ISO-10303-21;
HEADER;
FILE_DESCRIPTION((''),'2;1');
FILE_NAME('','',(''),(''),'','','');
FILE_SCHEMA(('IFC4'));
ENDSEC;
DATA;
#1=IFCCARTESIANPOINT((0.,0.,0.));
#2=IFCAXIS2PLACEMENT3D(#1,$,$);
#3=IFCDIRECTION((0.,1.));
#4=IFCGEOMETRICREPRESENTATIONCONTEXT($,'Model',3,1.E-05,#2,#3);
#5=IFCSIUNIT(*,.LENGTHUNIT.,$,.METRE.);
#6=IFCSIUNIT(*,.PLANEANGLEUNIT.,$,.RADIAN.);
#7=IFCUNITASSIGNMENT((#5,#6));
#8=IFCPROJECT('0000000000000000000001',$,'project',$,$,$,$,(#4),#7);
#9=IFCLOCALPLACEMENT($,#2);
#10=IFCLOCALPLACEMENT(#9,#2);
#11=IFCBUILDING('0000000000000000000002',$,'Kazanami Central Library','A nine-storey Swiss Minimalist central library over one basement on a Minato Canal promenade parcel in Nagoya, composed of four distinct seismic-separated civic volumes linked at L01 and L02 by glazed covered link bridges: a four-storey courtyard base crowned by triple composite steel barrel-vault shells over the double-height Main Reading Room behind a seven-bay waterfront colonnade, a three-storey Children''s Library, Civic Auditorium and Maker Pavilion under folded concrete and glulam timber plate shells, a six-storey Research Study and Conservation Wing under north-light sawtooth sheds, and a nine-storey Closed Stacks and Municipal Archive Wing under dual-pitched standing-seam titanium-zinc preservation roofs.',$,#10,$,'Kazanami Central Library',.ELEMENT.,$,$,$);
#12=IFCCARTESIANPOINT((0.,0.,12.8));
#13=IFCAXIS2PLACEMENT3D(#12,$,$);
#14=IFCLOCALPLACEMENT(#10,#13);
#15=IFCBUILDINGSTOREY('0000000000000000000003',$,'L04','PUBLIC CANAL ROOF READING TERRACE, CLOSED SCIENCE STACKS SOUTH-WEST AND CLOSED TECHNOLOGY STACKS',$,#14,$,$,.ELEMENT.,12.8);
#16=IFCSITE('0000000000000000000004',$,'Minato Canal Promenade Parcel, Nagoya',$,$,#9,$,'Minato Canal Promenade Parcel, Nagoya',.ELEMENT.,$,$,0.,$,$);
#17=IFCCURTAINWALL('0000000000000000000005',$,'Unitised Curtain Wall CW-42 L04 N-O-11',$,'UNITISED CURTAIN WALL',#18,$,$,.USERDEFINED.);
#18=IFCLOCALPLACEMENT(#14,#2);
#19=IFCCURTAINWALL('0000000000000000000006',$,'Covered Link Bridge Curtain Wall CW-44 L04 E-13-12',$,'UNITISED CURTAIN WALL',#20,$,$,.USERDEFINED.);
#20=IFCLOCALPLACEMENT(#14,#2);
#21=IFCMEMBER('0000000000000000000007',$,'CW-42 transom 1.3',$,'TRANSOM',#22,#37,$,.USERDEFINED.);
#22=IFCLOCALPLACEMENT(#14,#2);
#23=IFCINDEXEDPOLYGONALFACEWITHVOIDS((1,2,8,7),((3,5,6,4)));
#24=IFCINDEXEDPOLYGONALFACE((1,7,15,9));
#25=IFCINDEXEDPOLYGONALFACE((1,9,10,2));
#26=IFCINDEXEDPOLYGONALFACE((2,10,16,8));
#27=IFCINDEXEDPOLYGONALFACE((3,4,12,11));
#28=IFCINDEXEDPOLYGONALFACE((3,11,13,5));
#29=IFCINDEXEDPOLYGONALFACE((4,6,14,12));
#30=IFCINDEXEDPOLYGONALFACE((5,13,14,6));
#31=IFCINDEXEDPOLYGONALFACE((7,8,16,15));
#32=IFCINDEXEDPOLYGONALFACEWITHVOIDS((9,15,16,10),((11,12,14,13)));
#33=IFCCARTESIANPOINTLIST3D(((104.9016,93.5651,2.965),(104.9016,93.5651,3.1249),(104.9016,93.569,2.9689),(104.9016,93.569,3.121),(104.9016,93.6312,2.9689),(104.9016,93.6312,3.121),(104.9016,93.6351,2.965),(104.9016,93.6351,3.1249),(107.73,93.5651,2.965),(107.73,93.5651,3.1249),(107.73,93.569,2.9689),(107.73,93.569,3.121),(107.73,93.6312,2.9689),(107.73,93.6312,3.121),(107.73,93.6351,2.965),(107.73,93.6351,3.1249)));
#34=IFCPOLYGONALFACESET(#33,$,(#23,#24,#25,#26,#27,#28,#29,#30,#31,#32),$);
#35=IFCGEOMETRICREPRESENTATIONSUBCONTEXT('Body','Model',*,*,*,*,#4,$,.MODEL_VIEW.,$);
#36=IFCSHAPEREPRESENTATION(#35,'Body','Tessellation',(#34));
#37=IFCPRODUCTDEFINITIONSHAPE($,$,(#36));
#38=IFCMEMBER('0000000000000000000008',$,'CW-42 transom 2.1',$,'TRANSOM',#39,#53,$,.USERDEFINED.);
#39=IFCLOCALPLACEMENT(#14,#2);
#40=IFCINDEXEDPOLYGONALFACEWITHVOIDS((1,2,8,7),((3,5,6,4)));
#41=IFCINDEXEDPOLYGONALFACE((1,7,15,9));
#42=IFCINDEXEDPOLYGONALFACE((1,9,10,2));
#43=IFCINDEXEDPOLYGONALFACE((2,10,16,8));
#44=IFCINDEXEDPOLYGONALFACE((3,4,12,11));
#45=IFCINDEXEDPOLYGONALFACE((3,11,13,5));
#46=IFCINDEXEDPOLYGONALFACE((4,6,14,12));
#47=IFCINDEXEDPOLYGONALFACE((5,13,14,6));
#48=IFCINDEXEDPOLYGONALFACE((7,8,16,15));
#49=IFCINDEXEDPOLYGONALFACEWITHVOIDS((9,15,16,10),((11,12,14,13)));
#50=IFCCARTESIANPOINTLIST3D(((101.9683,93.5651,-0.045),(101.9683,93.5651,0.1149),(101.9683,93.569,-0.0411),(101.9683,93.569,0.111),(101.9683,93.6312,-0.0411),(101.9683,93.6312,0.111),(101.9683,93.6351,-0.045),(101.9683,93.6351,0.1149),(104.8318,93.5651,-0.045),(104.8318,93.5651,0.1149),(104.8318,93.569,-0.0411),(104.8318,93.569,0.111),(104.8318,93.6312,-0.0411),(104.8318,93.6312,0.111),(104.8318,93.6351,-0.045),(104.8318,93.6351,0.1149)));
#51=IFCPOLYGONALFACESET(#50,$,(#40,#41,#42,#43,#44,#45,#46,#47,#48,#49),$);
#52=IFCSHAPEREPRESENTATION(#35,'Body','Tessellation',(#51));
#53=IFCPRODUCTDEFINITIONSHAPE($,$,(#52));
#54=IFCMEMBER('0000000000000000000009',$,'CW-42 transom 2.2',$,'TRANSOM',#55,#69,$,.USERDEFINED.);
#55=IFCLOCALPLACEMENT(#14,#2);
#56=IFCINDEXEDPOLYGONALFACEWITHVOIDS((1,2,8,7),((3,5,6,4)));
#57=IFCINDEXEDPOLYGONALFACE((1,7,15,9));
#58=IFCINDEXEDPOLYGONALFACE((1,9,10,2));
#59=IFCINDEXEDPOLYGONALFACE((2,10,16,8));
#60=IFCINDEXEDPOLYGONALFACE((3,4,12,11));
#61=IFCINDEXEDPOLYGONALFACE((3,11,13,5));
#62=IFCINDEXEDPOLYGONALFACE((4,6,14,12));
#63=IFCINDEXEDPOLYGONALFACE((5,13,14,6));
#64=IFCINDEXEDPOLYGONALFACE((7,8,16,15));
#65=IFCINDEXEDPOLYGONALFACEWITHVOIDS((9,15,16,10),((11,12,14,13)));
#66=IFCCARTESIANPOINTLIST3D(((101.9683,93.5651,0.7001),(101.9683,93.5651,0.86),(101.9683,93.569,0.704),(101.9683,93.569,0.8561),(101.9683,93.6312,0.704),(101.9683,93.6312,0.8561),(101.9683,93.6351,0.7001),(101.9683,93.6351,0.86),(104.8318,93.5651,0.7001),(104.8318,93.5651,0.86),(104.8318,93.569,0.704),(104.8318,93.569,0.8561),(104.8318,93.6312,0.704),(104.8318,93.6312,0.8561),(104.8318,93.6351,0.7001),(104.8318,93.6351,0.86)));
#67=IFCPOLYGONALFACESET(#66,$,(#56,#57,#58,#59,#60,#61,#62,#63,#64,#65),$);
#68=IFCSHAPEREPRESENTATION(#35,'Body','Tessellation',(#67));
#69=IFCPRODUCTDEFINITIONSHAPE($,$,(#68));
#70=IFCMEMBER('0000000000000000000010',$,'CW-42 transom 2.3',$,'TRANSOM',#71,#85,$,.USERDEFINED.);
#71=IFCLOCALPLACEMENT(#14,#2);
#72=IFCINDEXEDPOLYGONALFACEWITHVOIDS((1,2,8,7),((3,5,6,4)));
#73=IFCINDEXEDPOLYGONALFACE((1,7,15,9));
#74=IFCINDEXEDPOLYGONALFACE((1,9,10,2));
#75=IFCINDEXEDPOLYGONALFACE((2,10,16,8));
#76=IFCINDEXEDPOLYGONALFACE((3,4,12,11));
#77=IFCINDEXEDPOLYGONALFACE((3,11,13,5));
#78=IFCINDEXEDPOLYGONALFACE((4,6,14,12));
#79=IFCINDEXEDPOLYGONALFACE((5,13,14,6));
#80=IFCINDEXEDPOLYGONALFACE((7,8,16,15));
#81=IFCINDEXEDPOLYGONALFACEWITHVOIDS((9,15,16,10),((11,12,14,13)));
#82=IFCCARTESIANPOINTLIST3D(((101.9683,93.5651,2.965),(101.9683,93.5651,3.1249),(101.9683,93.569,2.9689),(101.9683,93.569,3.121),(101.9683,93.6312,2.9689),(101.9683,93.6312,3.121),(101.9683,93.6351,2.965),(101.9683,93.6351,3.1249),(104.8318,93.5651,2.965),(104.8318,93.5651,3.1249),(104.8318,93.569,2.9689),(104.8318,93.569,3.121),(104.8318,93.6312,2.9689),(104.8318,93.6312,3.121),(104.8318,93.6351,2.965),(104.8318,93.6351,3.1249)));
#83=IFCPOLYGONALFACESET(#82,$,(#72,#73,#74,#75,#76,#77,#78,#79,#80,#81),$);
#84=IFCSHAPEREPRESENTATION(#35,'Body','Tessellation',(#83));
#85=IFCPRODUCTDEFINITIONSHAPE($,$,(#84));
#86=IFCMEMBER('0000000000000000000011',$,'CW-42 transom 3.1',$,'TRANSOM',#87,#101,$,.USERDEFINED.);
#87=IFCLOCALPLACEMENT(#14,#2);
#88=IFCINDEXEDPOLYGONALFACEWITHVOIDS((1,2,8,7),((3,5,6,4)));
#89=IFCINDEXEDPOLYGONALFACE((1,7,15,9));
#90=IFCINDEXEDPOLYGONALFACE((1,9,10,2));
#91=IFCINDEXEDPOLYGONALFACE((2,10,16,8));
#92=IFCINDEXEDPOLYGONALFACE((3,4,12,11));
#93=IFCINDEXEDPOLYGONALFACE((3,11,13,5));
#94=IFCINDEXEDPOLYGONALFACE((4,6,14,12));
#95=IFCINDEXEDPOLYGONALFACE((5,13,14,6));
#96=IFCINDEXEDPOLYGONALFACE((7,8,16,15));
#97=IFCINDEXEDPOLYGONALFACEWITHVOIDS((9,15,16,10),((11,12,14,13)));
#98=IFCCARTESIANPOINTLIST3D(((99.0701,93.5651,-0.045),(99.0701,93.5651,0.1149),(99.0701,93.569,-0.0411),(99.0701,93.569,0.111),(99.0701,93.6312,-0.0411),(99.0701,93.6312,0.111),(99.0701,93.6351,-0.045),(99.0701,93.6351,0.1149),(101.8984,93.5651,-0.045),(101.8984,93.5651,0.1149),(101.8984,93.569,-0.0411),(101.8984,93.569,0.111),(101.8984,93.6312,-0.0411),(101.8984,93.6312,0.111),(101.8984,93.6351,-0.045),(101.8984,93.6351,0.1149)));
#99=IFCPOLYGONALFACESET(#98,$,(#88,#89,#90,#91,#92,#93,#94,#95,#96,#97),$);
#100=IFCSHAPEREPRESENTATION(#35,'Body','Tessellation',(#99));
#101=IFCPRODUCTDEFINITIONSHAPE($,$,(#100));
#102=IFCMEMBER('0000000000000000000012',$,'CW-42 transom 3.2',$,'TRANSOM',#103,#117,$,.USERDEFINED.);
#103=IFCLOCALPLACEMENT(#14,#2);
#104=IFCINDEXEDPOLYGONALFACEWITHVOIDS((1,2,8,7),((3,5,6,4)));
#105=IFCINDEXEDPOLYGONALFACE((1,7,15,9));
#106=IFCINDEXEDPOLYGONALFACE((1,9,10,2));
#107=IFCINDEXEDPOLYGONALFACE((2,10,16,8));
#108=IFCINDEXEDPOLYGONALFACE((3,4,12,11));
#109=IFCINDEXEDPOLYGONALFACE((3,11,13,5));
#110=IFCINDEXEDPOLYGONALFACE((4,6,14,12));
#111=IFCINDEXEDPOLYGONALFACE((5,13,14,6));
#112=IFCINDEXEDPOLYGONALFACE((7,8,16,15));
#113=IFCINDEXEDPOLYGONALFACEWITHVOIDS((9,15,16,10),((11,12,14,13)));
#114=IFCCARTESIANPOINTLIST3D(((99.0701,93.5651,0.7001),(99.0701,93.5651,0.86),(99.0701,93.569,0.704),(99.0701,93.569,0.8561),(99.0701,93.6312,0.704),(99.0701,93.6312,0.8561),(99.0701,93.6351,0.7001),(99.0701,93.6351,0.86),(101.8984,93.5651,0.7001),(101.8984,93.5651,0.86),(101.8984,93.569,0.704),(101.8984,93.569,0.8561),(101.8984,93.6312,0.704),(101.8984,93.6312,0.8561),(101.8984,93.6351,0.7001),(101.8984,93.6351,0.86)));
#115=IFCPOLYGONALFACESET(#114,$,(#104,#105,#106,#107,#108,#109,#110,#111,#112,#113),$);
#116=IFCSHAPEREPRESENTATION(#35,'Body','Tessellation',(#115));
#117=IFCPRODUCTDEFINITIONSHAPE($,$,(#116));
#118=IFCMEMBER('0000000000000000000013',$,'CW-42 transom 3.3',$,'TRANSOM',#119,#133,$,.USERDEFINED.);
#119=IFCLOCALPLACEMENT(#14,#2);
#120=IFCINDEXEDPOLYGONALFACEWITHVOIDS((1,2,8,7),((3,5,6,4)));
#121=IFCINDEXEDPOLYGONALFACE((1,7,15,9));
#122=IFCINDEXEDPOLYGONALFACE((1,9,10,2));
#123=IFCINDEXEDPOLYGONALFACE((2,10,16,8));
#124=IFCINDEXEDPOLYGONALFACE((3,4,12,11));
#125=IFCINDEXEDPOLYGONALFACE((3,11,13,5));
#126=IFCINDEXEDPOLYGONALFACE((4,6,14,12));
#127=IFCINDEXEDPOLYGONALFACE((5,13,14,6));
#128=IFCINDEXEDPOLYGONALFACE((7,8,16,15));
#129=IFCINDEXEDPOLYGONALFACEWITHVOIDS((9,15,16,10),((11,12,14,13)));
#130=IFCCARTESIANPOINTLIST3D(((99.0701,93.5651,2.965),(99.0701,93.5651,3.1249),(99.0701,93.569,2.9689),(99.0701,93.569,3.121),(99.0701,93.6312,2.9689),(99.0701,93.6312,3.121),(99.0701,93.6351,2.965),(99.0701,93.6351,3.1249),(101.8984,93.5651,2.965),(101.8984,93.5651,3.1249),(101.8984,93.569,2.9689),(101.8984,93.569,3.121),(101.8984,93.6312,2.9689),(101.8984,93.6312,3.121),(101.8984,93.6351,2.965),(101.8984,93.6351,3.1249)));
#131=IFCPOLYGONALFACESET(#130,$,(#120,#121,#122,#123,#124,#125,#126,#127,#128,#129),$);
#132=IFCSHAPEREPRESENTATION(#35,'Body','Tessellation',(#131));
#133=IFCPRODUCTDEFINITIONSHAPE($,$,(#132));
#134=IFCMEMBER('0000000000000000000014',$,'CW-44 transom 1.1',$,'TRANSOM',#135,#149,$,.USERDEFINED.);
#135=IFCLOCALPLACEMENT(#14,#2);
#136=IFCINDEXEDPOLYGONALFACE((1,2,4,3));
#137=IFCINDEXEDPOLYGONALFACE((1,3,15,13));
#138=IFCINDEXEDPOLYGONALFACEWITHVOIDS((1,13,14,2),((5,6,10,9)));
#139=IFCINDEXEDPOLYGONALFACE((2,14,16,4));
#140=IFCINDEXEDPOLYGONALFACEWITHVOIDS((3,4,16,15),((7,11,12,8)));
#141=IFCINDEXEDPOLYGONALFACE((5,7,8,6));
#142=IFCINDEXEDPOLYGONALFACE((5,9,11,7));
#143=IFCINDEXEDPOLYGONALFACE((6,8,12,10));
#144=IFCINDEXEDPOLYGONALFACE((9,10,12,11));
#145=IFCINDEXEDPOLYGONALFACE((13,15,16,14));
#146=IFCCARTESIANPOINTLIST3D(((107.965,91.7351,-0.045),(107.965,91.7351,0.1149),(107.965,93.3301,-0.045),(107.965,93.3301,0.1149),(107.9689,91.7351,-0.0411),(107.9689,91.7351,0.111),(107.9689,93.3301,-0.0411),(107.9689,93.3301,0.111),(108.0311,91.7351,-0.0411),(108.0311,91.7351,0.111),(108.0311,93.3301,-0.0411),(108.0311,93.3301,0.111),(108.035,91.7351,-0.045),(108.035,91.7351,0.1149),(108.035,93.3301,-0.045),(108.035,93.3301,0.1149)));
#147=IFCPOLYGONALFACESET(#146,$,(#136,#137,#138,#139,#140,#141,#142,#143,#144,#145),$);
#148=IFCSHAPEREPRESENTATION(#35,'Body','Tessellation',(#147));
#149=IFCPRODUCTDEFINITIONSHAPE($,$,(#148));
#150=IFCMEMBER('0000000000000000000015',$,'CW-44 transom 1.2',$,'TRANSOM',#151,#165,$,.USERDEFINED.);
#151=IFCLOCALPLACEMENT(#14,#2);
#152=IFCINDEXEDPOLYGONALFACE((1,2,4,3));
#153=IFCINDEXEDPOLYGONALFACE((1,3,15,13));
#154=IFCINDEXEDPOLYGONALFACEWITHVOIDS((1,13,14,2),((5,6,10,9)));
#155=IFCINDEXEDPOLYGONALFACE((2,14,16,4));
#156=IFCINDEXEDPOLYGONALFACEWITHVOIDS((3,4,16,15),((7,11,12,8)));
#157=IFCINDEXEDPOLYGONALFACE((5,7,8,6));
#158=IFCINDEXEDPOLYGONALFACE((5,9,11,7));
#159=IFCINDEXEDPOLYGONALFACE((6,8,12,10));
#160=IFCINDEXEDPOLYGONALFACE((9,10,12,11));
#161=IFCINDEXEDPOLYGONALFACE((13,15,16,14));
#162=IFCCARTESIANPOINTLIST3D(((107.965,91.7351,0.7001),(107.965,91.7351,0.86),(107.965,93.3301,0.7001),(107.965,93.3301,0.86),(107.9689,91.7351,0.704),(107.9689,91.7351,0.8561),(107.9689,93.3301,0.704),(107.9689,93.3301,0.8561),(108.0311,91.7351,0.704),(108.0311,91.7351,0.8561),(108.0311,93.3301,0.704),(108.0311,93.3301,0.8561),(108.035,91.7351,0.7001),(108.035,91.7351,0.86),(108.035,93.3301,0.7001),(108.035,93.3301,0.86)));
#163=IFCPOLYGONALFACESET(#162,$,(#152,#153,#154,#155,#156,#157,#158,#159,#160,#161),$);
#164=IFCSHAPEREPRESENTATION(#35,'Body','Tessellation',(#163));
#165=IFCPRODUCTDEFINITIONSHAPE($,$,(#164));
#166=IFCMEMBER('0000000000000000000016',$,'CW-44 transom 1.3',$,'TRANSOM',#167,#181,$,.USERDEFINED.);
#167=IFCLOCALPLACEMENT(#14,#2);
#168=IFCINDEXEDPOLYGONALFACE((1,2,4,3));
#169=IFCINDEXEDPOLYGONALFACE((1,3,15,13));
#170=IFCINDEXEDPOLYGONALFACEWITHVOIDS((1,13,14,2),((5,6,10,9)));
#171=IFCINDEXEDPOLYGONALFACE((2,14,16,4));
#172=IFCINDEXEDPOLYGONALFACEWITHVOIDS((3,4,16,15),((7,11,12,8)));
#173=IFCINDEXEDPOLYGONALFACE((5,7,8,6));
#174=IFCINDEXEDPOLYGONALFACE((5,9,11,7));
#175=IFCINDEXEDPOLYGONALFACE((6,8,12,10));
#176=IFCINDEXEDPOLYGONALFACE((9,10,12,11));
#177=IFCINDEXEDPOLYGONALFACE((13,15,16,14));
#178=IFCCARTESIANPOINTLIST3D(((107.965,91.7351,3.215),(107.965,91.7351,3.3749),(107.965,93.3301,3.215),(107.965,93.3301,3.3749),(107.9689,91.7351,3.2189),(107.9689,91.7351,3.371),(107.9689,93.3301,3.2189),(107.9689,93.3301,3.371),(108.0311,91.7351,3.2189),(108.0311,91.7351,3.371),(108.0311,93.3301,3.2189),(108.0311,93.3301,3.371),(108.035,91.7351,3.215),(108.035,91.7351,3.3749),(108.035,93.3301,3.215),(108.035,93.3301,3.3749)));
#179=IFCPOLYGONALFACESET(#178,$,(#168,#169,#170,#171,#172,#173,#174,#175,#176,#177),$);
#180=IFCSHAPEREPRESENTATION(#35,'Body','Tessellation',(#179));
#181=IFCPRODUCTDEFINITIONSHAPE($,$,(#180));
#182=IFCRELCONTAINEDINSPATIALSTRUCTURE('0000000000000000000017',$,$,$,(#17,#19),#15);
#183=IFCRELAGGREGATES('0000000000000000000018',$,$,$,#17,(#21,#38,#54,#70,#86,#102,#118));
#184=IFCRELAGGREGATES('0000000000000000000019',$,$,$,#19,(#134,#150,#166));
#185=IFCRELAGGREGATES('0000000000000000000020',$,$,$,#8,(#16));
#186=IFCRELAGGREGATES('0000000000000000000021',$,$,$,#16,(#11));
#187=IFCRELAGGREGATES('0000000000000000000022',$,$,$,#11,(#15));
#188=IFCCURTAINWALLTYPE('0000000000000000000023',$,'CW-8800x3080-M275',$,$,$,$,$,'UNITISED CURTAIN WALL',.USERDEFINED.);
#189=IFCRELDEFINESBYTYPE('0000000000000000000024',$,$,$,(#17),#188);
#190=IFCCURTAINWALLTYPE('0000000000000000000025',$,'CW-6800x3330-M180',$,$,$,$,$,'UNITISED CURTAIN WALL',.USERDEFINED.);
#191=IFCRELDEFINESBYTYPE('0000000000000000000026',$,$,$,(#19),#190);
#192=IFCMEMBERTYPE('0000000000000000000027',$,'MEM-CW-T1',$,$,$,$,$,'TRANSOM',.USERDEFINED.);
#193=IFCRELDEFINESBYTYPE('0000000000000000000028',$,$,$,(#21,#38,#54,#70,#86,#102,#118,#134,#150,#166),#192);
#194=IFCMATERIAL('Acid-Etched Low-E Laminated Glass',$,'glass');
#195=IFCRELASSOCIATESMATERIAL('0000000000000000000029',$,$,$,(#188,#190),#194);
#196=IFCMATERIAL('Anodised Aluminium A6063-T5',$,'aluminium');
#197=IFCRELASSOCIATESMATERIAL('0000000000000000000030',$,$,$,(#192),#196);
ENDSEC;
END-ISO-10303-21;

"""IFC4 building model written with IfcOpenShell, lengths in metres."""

from ifc_helpers import new_model, si_unit, direction, frame, origin, origin_2d, place, context, subcontext, project, spatial, hollow_rectangle, extrude, material, material_profile, profile_set, type_object, element, aggregate, save


model = new_model("IFC4")

# Units and contexts
model_context = context("Model", 3, precision=1e-05, world=origin(), true_north=direction((0.0, 1.0)))
body_context = subcontext(model_context, "Body", "Model", "MODEL_VIEW")
ifc_project = project(units=[si_unit("LENGTHUNIT", "METRE"), si_unit("PLANEANGLEUNIT", "RADIAN")], contexts=[model_context])

# Site, building, storey
site_placement = place(None, origin())
site = spatial("IfcSite", under=ifc_project, at=site_placement, Name="Minato Canal Promenade Parcel, Nagoya", LongName="Minato Canal Promenade Parcel, Nagoya", CompositionType="ELEMENT", RefElevation=0.0)
building_placement = place(site_placement, origin())
building = spatial("IfcBuilding", under=site, at=building_placement, Name="Kazanami Central Library", Description="A nine-storey Swiss Minimalist central library over one basement on a Minato Canal promenade parcel in Nagoya, composed of four distinct seismic-separated civic volumes linked at L01 and L02 by glazed covered link bridges: a four-storey courtyard base crowned by triple composite steel barrel-vault shells over the double-height Main Reading Room behind a seven-bay waterfront colonnade, a three-storey Children's Library, Civic Auditorium and Maker Pavilion under folded concrete and glulam timber plate shells, a six-storey Research Study and Conservation Wing under north-light sawtooth sheds, and a nine-storey Closed Stacks and Municipal Archive Wing under dual-pitched standing-seam titanium-zinc preservation roofs.", LongName="Kazanami Central Library", CompositionType="ELEMENT")
storey_placement = place(building_placement, frame((0.0, 0.0, 12.8)))
storey = spatial("IfcBuildingStorey", under=building, at=storey_placement, Name="L04", Description="PUBLIC CANAL ROOF READING TERRACE, CLOSED SCIENCE STACKS SOUTH-WEST AND CLOSED TECHNOLOGY STACKS", CompositionType="ELEMENT", Elevation=12.8)

# Curtain walls
ifc_material_1 = material(Name="Acid-Etched Low-E Laminated Glass", Category="glass")
curtain_wall_type_1 = type_object("IfcCurtainWallType", Name="CW-8800x3080-M275", ElementType="UNITISED CURTAIN WALL", PredefinedType="USERDEFINED", material=ifc_material_1)
curtain_wall_1_placement = place(storey_placement, origin())
curtain_wall_1 = element("IfcCurtainWall", 1, at=curtain_wall_1_placement, inside=storey, type_object=curtain_wall_type_1, Name="Unitised Curtain Wall CW-42 L04 N-O-11", ObjectType="UNITISED CURTAIN WALL", PredefinedType="USERDEFINED")
ifc_material_2 = material(Name="Anodised Aluminium A6063-T5", Category="aluminium")
curtain_wall_type_2 = type_object("IfcCurtainWallType", Name="CW-6800x3330-M180", ElementType="UNITISED CURTAIN WALL", PredefinedType="USERDEFINED", material=ifc_material_1)
curtain_wall_2_placement = place(storey_placement, origin())
curtain_wall_2 = element("IfcCurtainWall", 2, at=curtain_wall_2_placement, inside=storey, type_object=curtain_wall_type_2, Name="Covered Link Bridge Curtain Wall CW-44 L04 E-13-12", ObjectType="UNITISED CURTAIN WALL", PredefinedType="USERDEFINED")

# Members
ifc_material_profile_1 = material_profile(ifc_material_2, hollow_rectangle(XDim=0.0701, YDim=0.1599, WallThickness=0.0039, at=origin_2d()), Name="ALU-TRAN-70x160x4")
ifc_profile_set_1 = profile_set([ifc_material_profile_1], Name="Anodised Aluminium A6063-T5")
member_type_1 = type_object("IfcMemberType", Name="MEM-CW-T1", ElementType="TRANSOM", PredefinedType="USERDEFINED", material=ifc_profile_set_1)
member_1_placement = place(storey_placement, frame((107.73, 93.6001, 3.0449), z_axis=(-1.0, 0.0, 0.0), x_axis=(0.0, -1.0, 0.0)))
member_1 = element("IfcMember", 3, at=member_1_placement, type_object=member_type_1, Name="CW-42 transom 1.3", ObjectType="TRANSOM", PredefinedType="USERDEFINED", context=body_context, shape_type="SweptSolid", body=[
    extrude(hollow_rectangle(XDim=0.0701, YDim=0.1599, WallThickness=0.0039, at=origin_2d()), origin(), (0.0, 0.0, 1.0), 2.8284),
])
member_2_placement = place(storey_placement, frame((104.8318, 93.6001, 0.0349), z_axis=(-1.0, 0.0, 0.0), x_axis=(0.0, -1.0, 0.0)))
member_2 = element("IfcMember", 4, at=member_2_placement, type_object=member_type_1, Name="CW-42 transom 2.1", ObjectType="TRANSOM", PredefinedType="USERDEFINED", context=body_context, shape_type="SweptSolid", body=[
    extrude(hollow_rectangle(XDim=0.0701, YDim=0.1599, WallThickness=0.0039, at=origin_2d()), origin(), (0.0, 0.0, 1.0), 2.8635),
])
member_3_placement = place(storey_placement, frame((104.8318, 93.6001, 0.78), z_axis=(-1.0, 0.0, 0.0), x_axis=(0.0, -1.0, 0.0)))
member_3 = element("IfcMember", 5, at=member_3_placement, type_object=member_type_1, Name="CW-42 transom 2.2", ObjectType="TRANSOM", PredefinedType="USERDEFINED", context=body_context, shape_type="SweptSolid", body=[
    extrude(hollow_rectangle(XDim=0.0701, YDim=0.1599, WallThickness=0.0039, at=origin_2d()), origin(), (0.0, 0.0, 1.0), 2.8635),
])
member_4_placement = place(storey_placement, frame((104.8318, 93.6001, 3.0449), z_axis=(-1.0, 0.0, 0.0), x_axis=(0.0, -1.0, 0.0)))
member_4 = element("IfcMember", 6, at=member_4_placement, type_object=member_type_1, Name="CW-42 transom 2.3", ObjectType="TRANSOM", PredefinedType="USERDEFINED", context=body_context, shape_type="SweptSolid", body=[
    extrude(hollow_rectangle(XDim=0.0701, YDim=0.1599, WallThickness=0.0039, at=origin_2d()), origin(), (0.0, 0.0, 1.0), 2.8635),
])
member_5_placement = place(storey_placement, frame((101.8984, 93.6001, 0.0349), z_axis=(-1.0, 0.0, 0.0), x_axis=(0.0, -1.0, 0.0)))
member_5 = element("IfcMember", 7, at=member_5_placement, type_object=member_type_1, Name="CW-42 transom 3.1", ObjectType="TRANSOM", PredefinedType="USERDEFINED", context=body_context, shape_type="SweptSolid", body=[
    extrude(hollow_rectangle(XDim=0.0701, YDim=0.1599, WallThickness=0.0039, at=origin_2d()), origin(), (0.0, 0.0, 1.0), 2.8284),
])
member_6_placement = place(storey_placement, frame((101.8984, 93.6001, 0.78), z_axis=(-1.0, 0.0, 0.0), x_axis=(0.0, -1.0, 0.0)))
member_6 = element("IfcMember", 8, at=member_6_placement, type_object=member_type_1, Name="CW-42 transom 3.2", ObjectType="TRANSOM", PredefinedType="USERDEFINED", context=body_context, shape_type="SweptSolid", body=[
    extrude(hollow_rectangle(XDim=0.0701, YDim=0.1599, WallThickness=0.0039, at=origin_2d()), origin(), (0.0, 0.0, 1.0), 2.8284),
])
member_7_placement = place(storey_placement, frame((101.8984, 93.6001, 3.0449), z_axis=(-1.0, 0.0, 0.0), x_axis=(0.0, -1.0, 0.0)))
member_7 = element("IfcMember", 9, at=member_7_placement, type_object=member_type_1, Name="CW-42 transom 3.3", ObjectType="TRANSOM", PredefinedType="USERDEFINED", context=body_context, shape_type="SweptSolid", body=[
    extrude(hollow_rectangle(XDim=0.0701, YDim=0.1599, WallThickness=0.0039, at=origin_2d()), origin(), (0.0, 0.0, 1.0), 2.8284),
])
member_8_placement = place(storey_placement, frame((108.0, 93.3301, 0.0349), z_axis=(0.0, -1.0, 0.0), x_axis=(1.0, 0.0, 0.0)))
member_8 = element("IfcMember", 10, at=member_8_placement, type_object=member_type_1, Name="CW-44 transom 1.1", ObjectType="TRANSOM", PredefinedType="USERDEFINED", context=body_context, shape_type="SweptSolid", body=[
    extrude(hollow_rectangle(XDim=0.0701, YDim=0.1599, WallThickness=0.0039, at=origin_2d()), origin(), (0.0, 0.0, 1.0), 1.595),
])
member_9_placement = place(storey_placement, frame((108.0, 93.3301, 0.78), z_axis=(0.0, -1.0, 0.0), x_axis=(1.0, 0.0, 0.0)))
member_9 = element("IfcMember", 11, at=member_9_placement, type_object=member_type_1, Name="CW-44 transom 1.2", ObjectType="TRANSOM", PredefinedType="USERDEFINED", context=body_context, shape_type="SweptSolid", body=[
    extrude(hollow_rectangle(XDim=0.0701, YDim=0.1599, WallThickness=0.0039, at=origin_2d()), origin(), (0.0, 0.0, 1.0), 1.595),
])
member_10_placement = place(storey_placement, frame((108.0, 93.3301, 3.2949), z_axis=(0.0, -1.0, 0.0), x_axis=(1.0, 0.0, 0.0)))
member_10 = element("IfcMember", 12, at=member_10_placement, type_object=member_type_1, Name="CW-44 transom 1.3", ObjectType="TRANSOM", PredefinedType="USERDEFINED", context=body_context, shape_type="SweptSolid", body=[
    extrude(hollow_rectangle(XDim=0.0701, YDim=0.1599, WallThickness=0.0039, at=origin_2d()), origin(), (0.0, 0.0, 1.0), 1.595),
])

aggregate(curtain_wall_1, [member_1, member_2, member_3, member_4, member_5, member_6, member_7])
aggregate(curtain_wall_2, [member_8, member_9, member_10])

save(model, "model.ifc")
